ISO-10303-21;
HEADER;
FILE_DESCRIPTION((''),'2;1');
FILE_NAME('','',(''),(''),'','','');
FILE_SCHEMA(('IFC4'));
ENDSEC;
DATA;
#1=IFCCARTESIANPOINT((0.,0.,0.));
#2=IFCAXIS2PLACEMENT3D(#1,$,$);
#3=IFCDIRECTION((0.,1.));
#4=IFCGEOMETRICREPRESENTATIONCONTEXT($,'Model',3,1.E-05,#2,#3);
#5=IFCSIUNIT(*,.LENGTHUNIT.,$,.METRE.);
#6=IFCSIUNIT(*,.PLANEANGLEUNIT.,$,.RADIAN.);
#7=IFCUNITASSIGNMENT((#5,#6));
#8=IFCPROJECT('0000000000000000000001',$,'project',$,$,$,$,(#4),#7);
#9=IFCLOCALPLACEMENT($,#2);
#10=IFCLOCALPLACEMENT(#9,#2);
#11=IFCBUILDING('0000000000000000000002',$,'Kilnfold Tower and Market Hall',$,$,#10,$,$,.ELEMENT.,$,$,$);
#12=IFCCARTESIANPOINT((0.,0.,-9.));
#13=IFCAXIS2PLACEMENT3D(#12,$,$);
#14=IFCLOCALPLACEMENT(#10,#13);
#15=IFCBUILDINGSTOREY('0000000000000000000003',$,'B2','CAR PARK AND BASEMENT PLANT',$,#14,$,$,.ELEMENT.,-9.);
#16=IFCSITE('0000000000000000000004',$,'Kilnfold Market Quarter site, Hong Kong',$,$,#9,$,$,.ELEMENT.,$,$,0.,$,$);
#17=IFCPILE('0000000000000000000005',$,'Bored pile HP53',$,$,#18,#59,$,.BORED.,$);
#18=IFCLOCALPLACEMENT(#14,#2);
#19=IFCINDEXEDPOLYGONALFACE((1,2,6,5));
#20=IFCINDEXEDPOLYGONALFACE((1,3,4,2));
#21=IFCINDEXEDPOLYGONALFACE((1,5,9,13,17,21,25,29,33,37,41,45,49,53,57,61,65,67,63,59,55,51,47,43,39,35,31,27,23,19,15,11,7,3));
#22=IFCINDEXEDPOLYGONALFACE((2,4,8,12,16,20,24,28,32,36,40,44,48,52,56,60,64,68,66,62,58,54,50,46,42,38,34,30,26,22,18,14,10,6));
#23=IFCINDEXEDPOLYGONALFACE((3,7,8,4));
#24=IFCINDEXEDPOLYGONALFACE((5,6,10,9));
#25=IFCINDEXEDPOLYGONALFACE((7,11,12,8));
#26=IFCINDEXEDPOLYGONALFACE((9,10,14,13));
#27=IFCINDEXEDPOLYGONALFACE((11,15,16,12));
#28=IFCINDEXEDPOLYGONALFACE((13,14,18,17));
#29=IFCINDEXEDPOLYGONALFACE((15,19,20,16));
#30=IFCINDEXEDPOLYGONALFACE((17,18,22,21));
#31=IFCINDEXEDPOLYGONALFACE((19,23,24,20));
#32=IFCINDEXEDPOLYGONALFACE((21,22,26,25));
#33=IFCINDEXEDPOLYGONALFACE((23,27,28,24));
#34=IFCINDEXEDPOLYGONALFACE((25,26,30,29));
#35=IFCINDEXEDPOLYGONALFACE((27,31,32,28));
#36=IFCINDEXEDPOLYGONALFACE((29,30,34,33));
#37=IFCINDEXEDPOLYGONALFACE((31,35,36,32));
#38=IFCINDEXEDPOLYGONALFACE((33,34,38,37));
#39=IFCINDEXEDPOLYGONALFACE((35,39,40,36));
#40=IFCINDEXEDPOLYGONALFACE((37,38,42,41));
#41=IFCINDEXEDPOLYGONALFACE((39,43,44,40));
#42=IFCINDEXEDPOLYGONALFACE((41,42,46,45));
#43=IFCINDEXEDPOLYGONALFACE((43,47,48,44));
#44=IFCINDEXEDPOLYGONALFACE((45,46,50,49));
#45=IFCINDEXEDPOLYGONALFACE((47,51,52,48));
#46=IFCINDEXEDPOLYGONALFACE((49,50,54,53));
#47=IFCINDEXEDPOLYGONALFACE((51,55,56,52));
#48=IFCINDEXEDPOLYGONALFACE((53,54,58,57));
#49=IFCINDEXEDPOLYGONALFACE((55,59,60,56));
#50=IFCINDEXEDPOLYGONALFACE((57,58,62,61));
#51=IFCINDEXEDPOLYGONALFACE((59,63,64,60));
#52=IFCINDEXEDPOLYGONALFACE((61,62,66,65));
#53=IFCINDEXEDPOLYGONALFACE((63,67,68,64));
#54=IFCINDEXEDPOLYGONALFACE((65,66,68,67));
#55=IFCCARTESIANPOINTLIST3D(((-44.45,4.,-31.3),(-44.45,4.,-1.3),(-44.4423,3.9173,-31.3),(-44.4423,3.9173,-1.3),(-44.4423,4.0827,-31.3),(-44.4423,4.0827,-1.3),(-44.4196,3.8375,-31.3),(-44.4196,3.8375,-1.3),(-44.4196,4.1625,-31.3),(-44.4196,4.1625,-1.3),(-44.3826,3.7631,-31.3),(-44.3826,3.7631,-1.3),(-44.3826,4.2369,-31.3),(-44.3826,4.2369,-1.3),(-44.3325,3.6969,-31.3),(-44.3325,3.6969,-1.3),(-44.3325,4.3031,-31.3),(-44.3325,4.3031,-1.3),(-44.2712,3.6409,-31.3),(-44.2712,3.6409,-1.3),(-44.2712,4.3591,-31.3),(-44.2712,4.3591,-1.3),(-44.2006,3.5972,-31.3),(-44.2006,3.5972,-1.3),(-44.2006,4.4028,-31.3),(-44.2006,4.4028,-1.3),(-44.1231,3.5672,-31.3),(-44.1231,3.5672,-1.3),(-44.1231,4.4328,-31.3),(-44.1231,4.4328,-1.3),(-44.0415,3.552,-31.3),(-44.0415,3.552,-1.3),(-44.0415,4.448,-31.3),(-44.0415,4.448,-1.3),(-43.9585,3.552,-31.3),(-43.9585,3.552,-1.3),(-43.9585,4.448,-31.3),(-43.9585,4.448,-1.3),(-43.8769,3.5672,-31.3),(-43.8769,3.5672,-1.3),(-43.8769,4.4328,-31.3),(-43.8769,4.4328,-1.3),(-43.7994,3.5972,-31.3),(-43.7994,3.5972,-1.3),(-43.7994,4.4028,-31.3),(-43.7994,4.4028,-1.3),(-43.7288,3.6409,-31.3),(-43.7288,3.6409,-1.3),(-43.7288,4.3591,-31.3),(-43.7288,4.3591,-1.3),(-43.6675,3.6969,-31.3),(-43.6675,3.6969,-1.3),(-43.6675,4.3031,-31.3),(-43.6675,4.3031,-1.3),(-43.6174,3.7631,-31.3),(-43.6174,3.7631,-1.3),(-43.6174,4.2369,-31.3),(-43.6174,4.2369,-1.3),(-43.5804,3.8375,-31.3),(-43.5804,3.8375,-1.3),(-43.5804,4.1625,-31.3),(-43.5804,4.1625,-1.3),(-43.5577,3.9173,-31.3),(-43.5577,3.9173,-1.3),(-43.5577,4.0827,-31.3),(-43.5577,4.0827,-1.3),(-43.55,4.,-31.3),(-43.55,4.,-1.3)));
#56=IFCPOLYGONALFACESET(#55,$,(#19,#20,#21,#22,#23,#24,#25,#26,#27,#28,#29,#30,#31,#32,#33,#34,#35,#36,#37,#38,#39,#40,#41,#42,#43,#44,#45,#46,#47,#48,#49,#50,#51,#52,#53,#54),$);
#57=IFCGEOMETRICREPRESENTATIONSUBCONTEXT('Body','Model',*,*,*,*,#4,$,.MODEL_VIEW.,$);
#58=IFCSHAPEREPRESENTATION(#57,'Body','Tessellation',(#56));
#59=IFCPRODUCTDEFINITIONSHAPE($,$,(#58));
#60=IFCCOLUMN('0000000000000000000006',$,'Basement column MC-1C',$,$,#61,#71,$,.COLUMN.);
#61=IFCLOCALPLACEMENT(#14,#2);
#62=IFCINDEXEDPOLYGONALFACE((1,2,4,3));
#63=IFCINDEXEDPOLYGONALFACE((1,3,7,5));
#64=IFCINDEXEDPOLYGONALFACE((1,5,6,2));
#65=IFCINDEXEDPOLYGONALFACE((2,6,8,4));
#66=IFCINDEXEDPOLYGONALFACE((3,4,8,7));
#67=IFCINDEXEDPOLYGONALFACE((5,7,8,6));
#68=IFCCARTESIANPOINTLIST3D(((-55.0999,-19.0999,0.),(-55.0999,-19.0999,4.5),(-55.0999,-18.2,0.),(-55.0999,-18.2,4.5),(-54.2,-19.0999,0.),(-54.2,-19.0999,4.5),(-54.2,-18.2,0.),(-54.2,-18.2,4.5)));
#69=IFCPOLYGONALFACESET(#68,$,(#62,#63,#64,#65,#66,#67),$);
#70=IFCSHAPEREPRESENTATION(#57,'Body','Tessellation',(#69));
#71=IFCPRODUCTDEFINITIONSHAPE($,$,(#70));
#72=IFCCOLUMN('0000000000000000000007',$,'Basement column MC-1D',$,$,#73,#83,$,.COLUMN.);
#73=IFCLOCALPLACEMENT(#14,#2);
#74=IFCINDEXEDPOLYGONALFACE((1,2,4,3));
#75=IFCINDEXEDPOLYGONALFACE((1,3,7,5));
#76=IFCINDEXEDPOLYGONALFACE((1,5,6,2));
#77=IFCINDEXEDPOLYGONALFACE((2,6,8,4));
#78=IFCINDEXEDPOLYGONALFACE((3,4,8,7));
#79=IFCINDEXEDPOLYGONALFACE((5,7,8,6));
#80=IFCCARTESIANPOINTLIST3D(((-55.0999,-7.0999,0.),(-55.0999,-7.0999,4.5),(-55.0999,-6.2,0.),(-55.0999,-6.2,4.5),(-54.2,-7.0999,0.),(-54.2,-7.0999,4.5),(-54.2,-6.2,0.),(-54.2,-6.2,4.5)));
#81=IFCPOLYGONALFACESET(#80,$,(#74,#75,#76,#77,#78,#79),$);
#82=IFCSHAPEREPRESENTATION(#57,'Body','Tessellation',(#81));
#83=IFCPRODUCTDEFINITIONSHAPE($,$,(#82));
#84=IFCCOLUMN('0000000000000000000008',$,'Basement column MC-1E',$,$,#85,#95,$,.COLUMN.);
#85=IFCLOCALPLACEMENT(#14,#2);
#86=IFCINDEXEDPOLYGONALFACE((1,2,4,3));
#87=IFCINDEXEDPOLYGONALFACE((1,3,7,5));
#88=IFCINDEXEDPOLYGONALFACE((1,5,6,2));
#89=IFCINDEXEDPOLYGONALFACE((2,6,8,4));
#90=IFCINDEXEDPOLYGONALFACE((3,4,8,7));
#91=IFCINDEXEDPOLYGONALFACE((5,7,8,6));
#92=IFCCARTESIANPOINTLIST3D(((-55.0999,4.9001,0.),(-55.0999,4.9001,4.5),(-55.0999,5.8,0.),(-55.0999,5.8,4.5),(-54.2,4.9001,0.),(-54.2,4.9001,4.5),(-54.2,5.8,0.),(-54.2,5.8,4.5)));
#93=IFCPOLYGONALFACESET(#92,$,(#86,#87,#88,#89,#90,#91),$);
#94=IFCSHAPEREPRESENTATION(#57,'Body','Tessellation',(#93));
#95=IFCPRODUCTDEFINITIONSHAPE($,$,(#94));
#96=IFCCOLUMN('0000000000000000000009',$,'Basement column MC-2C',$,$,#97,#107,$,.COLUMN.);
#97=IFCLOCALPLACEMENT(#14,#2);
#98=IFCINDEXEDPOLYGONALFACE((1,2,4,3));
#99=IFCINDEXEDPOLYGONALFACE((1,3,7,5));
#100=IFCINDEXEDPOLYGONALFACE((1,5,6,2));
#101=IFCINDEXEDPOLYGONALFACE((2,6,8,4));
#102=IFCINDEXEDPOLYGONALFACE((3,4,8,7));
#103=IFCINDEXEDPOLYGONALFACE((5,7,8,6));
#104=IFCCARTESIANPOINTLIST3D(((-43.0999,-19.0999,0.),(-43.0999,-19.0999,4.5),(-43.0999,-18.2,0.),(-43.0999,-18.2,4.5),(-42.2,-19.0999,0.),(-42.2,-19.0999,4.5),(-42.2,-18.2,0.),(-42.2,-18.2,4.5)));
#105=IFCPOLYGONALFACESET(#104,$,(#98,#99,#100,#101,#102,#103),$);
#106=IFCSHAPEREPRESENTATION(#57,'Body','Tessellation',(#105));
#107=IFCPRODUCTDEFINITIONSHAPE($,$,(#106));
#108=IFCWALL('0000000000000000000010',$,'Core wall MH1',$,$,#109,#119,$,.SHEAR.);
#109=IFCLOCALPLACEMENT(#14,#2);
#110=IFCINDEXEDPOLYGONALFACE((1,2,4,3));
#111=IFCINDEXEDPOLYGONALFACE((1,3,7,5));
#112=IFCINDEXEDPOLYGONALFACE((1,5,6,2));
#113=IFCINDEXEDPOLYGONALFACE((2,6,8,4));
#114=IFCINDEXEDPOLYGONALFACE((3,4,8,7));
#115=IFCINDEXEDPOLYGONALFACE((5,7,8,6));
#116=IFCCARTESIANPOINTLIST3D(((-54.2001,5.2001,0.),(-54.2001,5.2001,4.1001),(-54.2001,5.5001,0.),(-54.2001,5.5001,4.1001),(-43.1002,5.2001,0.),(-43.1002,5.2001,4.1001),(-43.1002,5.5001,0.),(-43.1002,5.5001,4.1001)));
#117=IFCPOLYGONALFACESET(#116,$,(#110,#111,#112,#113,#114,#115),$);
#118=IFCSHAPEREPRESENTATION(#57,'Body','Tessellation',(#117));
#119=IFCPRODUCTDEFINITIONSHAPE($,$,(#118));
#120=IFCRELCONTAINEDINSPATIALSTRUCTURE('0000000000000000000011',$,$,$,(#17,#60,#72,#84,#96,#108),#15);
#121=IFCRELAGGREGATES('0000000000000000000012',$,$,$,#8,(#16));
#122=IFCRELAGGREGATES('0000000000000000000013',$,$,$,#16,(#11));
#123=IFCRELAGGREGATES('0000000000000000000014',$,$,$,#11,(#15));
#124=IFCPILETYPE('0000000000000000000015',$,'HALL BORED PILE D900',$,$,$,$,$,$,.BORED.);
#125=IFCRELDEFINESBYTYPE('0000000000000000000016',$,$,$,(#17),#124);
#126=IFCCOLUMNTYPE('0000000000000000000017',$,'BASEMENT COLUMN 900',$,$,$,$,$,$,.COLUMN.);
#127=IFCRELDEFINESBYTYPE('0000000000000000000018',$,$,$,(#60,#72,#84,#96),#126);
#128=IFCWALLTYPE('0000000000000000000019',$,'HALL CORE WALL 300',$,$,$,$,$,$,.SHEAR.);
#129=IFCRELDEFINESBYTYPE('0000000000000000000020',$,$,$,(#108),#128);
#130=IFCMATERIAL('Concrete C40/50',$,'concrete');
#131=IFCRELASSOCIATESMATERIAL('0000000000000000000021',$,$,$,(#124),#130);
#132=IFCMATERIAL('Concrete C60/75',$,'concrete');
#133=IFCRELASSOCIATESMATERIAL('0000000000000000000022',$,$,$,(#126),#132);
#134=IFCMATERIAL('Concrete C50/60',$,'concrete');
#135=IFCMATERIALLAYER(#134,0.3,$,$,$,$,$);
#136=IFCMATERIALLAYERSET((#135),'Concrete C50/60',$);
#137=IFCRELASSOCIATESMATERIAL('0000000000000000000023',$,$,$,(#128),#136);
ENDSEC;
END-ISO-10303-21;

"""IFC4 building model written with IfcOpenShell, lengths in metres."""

from ifc_helpers import new_model, si_unit, direction, frame, frame_2d, origin, origin_2d, place, context, subcontext, project, spatial, rectangle, circle, extrude, source, transform, mapped, material, layer, layer_set, material_profile, profile_set, type_object, element, save


model = new_model("IFC4")

# Units and contexts
model_context = context("Model", 3, precision=1e-05, world=origin(), true_north=direction((0.0, 1.0)))
body_context = subcontext(model_context, "Body", "Model", "MODEL_VIEW")
ifc_project = project(units=[si_unit("LENGTHUNIT", "METRE"), si_unit("PLANEANGLEUNIT", "RADIAN")], contexts=[model_context])

# Site, building, storey
site_placement = place(None, origin())
site = spatial("IfcSite", under=ifc_project, at=site_placement, Name="Kilnfold Market Quarter site, Hong Kong", CompositionType="ELEMENT", RefElevation=0.0)
building_placement = place(site_placement, origin())
building = spatial("IfcBuilding", under=site, at=building_placement, Name="Kilnfold Tower and Market Hall", CompositionType="ELEMENT")
storey_placement = place(building_placement, frame((0.0, 0.0, -9.0)))
storey = spatial("IfcBuildingStorey", under=building, at=storey_placement, Name="B2", Description="CAR PARK AND BASEMENT PLANT", CompositionType="ELEMENT", Elevation=-9.0)

# Pile
ifc_material_1 = material(Name="Concrete C40/50", Category="concrete")
ifc_material_profile_1 = material_profile(ifc_material_1, circle(Radius=0.45, at=origin_2d()), Name="D900")
ifc_profile_set_1 = profile_set([ifc_material_profile_1], Name="Concrete C40/50")
pile_type = type_object("IfcPileType", Name="HALL BORED PILE D900", PredefinedType="BORED", material=ifc_profile_set_1)
shared_shape_1 = source(origin(), body_context, "Body", "SweptSolid", [
    extrude(circle(Radius=0.45, at=origin_2d()), origin(), (0.0, 0.0, 1.0), 30.0),
])
for number, where, z_axis, x_axis, name in (
    (1, (-44.0, 4.0, -1.3), (0.0, 0.0, -1.0), (1.0, 0.0, 0.0), "Bored pile HP53"),
):
    element("IfcPile", number, at=place(storey_placement, frame(where, z_axis=z_axis, x_axis=x_axis)), inside=storey, type_object=pile_type, Name=name, PredefinedType="BORED", context=body_context, shape_type="MappedRepresentation", body=[
        mapped(shared_shape_1, transform((0.0, 0.0, 0.0))),
    ])

# Columns
ifc_material_2 = material(Name="Concrete C60/75", Category="concrete")
ifc_material_profile_2 = material_profile(ifc_material_2, rectangle(XDim=0.8999, YDim=0.8999, at=origin_2d()), Name="RC 900x900")
ifc_profile_set_2 = profile_set([ifc_material_profile_2], Name="Concrete C60/75")
column_type = type_object("IfcColumnType", Name="BASEMENT COLUMN 900", PredefinedType="COLUMN", material=ifc_profile_set_2)
shared_shape_2 = source(origin(), body_context, "Body", "SweptSolid", [
    extrude(rectangle(XDim=0.8999, YDim=0.8999, at=origin_2d()), origin(), (0.0, 0.0, 1.0), 4.5),
])
for number, where, z_axis, x_axis, name in (
    (2, (-54.6499, -18.6499, 0.0), (0.0, 0.0, 1.0), (1.0, 0.0, 0.0), "Basement column MC-1C"),
    (3, (-54.6499, -6.6499, 0.0), (0.0, 0.0, 1.0), (1.0, 0.0, 0.0), "Basement column MC-1D"),
    (4, (-54.6499, 5.3501, 0.0), (0.0, 0.0, 1.0), (1.0, 0.0, 0.0), "Basement column MC-1E"),
    (5, (-42.6499, -18.6499, 0.0), (0.0, 0.0, 1.0), (1.0, 0.0, 0.0), "Basement column MC-2C"),
):
    element("IfcColumn", number, at=place(storey_placement, frame(where, z_axis=z_axis, x_axis=x_axis)), inside=storey, type_object=column_type, Name=name, PredefinedType="COLUMN", context=body_context, shape_type="MappedRepresentation", body=[
        mapped(shared_shape_2, transform((0.0, 0.0, 0.0))),
    ])

# Wall
ifc_material_3 = material(Name="Concrete C50/60", Category="concrete")
ifc_layer = layer(ifc_material_3, 0.3)
ifc_layer_set = layer_set([ifc_layer], Name="Concrete C50/60")
wall_type = type_object("IfcWallType", Name="HALL CORE WALL 300", PredefinedType="SHEAR", material=ifc_layer_set)
shared_shape_3 = source(origin(), body_context, "Body", "SweptSolid", [
    extrude(rectangle(XDim=11.0999, YDim=0.3, at=frame_2d((5.5498, 0.0))), origin(), (0.0, 0.0, 1.0), 4.1001),
])
wall_placement = place(storey_placement, frame((-54.2, 5.3501, 0.0), z_axis=(0.0, 0.0, 1.0), x_axis=(1.0, 0.0, 0.0)))
element("IfcWall", 6, at=wall_placement, inside=storey, type_object=wall_type, Name="Core wall MH1", PredefinedType="SHEAR", context=body_context, shape_type="MappedRepresentation", body=[
    mapped(shared_shape_3, transform((0.0, 0.0, 0.0))),
])

save(model, "model.ifc")
